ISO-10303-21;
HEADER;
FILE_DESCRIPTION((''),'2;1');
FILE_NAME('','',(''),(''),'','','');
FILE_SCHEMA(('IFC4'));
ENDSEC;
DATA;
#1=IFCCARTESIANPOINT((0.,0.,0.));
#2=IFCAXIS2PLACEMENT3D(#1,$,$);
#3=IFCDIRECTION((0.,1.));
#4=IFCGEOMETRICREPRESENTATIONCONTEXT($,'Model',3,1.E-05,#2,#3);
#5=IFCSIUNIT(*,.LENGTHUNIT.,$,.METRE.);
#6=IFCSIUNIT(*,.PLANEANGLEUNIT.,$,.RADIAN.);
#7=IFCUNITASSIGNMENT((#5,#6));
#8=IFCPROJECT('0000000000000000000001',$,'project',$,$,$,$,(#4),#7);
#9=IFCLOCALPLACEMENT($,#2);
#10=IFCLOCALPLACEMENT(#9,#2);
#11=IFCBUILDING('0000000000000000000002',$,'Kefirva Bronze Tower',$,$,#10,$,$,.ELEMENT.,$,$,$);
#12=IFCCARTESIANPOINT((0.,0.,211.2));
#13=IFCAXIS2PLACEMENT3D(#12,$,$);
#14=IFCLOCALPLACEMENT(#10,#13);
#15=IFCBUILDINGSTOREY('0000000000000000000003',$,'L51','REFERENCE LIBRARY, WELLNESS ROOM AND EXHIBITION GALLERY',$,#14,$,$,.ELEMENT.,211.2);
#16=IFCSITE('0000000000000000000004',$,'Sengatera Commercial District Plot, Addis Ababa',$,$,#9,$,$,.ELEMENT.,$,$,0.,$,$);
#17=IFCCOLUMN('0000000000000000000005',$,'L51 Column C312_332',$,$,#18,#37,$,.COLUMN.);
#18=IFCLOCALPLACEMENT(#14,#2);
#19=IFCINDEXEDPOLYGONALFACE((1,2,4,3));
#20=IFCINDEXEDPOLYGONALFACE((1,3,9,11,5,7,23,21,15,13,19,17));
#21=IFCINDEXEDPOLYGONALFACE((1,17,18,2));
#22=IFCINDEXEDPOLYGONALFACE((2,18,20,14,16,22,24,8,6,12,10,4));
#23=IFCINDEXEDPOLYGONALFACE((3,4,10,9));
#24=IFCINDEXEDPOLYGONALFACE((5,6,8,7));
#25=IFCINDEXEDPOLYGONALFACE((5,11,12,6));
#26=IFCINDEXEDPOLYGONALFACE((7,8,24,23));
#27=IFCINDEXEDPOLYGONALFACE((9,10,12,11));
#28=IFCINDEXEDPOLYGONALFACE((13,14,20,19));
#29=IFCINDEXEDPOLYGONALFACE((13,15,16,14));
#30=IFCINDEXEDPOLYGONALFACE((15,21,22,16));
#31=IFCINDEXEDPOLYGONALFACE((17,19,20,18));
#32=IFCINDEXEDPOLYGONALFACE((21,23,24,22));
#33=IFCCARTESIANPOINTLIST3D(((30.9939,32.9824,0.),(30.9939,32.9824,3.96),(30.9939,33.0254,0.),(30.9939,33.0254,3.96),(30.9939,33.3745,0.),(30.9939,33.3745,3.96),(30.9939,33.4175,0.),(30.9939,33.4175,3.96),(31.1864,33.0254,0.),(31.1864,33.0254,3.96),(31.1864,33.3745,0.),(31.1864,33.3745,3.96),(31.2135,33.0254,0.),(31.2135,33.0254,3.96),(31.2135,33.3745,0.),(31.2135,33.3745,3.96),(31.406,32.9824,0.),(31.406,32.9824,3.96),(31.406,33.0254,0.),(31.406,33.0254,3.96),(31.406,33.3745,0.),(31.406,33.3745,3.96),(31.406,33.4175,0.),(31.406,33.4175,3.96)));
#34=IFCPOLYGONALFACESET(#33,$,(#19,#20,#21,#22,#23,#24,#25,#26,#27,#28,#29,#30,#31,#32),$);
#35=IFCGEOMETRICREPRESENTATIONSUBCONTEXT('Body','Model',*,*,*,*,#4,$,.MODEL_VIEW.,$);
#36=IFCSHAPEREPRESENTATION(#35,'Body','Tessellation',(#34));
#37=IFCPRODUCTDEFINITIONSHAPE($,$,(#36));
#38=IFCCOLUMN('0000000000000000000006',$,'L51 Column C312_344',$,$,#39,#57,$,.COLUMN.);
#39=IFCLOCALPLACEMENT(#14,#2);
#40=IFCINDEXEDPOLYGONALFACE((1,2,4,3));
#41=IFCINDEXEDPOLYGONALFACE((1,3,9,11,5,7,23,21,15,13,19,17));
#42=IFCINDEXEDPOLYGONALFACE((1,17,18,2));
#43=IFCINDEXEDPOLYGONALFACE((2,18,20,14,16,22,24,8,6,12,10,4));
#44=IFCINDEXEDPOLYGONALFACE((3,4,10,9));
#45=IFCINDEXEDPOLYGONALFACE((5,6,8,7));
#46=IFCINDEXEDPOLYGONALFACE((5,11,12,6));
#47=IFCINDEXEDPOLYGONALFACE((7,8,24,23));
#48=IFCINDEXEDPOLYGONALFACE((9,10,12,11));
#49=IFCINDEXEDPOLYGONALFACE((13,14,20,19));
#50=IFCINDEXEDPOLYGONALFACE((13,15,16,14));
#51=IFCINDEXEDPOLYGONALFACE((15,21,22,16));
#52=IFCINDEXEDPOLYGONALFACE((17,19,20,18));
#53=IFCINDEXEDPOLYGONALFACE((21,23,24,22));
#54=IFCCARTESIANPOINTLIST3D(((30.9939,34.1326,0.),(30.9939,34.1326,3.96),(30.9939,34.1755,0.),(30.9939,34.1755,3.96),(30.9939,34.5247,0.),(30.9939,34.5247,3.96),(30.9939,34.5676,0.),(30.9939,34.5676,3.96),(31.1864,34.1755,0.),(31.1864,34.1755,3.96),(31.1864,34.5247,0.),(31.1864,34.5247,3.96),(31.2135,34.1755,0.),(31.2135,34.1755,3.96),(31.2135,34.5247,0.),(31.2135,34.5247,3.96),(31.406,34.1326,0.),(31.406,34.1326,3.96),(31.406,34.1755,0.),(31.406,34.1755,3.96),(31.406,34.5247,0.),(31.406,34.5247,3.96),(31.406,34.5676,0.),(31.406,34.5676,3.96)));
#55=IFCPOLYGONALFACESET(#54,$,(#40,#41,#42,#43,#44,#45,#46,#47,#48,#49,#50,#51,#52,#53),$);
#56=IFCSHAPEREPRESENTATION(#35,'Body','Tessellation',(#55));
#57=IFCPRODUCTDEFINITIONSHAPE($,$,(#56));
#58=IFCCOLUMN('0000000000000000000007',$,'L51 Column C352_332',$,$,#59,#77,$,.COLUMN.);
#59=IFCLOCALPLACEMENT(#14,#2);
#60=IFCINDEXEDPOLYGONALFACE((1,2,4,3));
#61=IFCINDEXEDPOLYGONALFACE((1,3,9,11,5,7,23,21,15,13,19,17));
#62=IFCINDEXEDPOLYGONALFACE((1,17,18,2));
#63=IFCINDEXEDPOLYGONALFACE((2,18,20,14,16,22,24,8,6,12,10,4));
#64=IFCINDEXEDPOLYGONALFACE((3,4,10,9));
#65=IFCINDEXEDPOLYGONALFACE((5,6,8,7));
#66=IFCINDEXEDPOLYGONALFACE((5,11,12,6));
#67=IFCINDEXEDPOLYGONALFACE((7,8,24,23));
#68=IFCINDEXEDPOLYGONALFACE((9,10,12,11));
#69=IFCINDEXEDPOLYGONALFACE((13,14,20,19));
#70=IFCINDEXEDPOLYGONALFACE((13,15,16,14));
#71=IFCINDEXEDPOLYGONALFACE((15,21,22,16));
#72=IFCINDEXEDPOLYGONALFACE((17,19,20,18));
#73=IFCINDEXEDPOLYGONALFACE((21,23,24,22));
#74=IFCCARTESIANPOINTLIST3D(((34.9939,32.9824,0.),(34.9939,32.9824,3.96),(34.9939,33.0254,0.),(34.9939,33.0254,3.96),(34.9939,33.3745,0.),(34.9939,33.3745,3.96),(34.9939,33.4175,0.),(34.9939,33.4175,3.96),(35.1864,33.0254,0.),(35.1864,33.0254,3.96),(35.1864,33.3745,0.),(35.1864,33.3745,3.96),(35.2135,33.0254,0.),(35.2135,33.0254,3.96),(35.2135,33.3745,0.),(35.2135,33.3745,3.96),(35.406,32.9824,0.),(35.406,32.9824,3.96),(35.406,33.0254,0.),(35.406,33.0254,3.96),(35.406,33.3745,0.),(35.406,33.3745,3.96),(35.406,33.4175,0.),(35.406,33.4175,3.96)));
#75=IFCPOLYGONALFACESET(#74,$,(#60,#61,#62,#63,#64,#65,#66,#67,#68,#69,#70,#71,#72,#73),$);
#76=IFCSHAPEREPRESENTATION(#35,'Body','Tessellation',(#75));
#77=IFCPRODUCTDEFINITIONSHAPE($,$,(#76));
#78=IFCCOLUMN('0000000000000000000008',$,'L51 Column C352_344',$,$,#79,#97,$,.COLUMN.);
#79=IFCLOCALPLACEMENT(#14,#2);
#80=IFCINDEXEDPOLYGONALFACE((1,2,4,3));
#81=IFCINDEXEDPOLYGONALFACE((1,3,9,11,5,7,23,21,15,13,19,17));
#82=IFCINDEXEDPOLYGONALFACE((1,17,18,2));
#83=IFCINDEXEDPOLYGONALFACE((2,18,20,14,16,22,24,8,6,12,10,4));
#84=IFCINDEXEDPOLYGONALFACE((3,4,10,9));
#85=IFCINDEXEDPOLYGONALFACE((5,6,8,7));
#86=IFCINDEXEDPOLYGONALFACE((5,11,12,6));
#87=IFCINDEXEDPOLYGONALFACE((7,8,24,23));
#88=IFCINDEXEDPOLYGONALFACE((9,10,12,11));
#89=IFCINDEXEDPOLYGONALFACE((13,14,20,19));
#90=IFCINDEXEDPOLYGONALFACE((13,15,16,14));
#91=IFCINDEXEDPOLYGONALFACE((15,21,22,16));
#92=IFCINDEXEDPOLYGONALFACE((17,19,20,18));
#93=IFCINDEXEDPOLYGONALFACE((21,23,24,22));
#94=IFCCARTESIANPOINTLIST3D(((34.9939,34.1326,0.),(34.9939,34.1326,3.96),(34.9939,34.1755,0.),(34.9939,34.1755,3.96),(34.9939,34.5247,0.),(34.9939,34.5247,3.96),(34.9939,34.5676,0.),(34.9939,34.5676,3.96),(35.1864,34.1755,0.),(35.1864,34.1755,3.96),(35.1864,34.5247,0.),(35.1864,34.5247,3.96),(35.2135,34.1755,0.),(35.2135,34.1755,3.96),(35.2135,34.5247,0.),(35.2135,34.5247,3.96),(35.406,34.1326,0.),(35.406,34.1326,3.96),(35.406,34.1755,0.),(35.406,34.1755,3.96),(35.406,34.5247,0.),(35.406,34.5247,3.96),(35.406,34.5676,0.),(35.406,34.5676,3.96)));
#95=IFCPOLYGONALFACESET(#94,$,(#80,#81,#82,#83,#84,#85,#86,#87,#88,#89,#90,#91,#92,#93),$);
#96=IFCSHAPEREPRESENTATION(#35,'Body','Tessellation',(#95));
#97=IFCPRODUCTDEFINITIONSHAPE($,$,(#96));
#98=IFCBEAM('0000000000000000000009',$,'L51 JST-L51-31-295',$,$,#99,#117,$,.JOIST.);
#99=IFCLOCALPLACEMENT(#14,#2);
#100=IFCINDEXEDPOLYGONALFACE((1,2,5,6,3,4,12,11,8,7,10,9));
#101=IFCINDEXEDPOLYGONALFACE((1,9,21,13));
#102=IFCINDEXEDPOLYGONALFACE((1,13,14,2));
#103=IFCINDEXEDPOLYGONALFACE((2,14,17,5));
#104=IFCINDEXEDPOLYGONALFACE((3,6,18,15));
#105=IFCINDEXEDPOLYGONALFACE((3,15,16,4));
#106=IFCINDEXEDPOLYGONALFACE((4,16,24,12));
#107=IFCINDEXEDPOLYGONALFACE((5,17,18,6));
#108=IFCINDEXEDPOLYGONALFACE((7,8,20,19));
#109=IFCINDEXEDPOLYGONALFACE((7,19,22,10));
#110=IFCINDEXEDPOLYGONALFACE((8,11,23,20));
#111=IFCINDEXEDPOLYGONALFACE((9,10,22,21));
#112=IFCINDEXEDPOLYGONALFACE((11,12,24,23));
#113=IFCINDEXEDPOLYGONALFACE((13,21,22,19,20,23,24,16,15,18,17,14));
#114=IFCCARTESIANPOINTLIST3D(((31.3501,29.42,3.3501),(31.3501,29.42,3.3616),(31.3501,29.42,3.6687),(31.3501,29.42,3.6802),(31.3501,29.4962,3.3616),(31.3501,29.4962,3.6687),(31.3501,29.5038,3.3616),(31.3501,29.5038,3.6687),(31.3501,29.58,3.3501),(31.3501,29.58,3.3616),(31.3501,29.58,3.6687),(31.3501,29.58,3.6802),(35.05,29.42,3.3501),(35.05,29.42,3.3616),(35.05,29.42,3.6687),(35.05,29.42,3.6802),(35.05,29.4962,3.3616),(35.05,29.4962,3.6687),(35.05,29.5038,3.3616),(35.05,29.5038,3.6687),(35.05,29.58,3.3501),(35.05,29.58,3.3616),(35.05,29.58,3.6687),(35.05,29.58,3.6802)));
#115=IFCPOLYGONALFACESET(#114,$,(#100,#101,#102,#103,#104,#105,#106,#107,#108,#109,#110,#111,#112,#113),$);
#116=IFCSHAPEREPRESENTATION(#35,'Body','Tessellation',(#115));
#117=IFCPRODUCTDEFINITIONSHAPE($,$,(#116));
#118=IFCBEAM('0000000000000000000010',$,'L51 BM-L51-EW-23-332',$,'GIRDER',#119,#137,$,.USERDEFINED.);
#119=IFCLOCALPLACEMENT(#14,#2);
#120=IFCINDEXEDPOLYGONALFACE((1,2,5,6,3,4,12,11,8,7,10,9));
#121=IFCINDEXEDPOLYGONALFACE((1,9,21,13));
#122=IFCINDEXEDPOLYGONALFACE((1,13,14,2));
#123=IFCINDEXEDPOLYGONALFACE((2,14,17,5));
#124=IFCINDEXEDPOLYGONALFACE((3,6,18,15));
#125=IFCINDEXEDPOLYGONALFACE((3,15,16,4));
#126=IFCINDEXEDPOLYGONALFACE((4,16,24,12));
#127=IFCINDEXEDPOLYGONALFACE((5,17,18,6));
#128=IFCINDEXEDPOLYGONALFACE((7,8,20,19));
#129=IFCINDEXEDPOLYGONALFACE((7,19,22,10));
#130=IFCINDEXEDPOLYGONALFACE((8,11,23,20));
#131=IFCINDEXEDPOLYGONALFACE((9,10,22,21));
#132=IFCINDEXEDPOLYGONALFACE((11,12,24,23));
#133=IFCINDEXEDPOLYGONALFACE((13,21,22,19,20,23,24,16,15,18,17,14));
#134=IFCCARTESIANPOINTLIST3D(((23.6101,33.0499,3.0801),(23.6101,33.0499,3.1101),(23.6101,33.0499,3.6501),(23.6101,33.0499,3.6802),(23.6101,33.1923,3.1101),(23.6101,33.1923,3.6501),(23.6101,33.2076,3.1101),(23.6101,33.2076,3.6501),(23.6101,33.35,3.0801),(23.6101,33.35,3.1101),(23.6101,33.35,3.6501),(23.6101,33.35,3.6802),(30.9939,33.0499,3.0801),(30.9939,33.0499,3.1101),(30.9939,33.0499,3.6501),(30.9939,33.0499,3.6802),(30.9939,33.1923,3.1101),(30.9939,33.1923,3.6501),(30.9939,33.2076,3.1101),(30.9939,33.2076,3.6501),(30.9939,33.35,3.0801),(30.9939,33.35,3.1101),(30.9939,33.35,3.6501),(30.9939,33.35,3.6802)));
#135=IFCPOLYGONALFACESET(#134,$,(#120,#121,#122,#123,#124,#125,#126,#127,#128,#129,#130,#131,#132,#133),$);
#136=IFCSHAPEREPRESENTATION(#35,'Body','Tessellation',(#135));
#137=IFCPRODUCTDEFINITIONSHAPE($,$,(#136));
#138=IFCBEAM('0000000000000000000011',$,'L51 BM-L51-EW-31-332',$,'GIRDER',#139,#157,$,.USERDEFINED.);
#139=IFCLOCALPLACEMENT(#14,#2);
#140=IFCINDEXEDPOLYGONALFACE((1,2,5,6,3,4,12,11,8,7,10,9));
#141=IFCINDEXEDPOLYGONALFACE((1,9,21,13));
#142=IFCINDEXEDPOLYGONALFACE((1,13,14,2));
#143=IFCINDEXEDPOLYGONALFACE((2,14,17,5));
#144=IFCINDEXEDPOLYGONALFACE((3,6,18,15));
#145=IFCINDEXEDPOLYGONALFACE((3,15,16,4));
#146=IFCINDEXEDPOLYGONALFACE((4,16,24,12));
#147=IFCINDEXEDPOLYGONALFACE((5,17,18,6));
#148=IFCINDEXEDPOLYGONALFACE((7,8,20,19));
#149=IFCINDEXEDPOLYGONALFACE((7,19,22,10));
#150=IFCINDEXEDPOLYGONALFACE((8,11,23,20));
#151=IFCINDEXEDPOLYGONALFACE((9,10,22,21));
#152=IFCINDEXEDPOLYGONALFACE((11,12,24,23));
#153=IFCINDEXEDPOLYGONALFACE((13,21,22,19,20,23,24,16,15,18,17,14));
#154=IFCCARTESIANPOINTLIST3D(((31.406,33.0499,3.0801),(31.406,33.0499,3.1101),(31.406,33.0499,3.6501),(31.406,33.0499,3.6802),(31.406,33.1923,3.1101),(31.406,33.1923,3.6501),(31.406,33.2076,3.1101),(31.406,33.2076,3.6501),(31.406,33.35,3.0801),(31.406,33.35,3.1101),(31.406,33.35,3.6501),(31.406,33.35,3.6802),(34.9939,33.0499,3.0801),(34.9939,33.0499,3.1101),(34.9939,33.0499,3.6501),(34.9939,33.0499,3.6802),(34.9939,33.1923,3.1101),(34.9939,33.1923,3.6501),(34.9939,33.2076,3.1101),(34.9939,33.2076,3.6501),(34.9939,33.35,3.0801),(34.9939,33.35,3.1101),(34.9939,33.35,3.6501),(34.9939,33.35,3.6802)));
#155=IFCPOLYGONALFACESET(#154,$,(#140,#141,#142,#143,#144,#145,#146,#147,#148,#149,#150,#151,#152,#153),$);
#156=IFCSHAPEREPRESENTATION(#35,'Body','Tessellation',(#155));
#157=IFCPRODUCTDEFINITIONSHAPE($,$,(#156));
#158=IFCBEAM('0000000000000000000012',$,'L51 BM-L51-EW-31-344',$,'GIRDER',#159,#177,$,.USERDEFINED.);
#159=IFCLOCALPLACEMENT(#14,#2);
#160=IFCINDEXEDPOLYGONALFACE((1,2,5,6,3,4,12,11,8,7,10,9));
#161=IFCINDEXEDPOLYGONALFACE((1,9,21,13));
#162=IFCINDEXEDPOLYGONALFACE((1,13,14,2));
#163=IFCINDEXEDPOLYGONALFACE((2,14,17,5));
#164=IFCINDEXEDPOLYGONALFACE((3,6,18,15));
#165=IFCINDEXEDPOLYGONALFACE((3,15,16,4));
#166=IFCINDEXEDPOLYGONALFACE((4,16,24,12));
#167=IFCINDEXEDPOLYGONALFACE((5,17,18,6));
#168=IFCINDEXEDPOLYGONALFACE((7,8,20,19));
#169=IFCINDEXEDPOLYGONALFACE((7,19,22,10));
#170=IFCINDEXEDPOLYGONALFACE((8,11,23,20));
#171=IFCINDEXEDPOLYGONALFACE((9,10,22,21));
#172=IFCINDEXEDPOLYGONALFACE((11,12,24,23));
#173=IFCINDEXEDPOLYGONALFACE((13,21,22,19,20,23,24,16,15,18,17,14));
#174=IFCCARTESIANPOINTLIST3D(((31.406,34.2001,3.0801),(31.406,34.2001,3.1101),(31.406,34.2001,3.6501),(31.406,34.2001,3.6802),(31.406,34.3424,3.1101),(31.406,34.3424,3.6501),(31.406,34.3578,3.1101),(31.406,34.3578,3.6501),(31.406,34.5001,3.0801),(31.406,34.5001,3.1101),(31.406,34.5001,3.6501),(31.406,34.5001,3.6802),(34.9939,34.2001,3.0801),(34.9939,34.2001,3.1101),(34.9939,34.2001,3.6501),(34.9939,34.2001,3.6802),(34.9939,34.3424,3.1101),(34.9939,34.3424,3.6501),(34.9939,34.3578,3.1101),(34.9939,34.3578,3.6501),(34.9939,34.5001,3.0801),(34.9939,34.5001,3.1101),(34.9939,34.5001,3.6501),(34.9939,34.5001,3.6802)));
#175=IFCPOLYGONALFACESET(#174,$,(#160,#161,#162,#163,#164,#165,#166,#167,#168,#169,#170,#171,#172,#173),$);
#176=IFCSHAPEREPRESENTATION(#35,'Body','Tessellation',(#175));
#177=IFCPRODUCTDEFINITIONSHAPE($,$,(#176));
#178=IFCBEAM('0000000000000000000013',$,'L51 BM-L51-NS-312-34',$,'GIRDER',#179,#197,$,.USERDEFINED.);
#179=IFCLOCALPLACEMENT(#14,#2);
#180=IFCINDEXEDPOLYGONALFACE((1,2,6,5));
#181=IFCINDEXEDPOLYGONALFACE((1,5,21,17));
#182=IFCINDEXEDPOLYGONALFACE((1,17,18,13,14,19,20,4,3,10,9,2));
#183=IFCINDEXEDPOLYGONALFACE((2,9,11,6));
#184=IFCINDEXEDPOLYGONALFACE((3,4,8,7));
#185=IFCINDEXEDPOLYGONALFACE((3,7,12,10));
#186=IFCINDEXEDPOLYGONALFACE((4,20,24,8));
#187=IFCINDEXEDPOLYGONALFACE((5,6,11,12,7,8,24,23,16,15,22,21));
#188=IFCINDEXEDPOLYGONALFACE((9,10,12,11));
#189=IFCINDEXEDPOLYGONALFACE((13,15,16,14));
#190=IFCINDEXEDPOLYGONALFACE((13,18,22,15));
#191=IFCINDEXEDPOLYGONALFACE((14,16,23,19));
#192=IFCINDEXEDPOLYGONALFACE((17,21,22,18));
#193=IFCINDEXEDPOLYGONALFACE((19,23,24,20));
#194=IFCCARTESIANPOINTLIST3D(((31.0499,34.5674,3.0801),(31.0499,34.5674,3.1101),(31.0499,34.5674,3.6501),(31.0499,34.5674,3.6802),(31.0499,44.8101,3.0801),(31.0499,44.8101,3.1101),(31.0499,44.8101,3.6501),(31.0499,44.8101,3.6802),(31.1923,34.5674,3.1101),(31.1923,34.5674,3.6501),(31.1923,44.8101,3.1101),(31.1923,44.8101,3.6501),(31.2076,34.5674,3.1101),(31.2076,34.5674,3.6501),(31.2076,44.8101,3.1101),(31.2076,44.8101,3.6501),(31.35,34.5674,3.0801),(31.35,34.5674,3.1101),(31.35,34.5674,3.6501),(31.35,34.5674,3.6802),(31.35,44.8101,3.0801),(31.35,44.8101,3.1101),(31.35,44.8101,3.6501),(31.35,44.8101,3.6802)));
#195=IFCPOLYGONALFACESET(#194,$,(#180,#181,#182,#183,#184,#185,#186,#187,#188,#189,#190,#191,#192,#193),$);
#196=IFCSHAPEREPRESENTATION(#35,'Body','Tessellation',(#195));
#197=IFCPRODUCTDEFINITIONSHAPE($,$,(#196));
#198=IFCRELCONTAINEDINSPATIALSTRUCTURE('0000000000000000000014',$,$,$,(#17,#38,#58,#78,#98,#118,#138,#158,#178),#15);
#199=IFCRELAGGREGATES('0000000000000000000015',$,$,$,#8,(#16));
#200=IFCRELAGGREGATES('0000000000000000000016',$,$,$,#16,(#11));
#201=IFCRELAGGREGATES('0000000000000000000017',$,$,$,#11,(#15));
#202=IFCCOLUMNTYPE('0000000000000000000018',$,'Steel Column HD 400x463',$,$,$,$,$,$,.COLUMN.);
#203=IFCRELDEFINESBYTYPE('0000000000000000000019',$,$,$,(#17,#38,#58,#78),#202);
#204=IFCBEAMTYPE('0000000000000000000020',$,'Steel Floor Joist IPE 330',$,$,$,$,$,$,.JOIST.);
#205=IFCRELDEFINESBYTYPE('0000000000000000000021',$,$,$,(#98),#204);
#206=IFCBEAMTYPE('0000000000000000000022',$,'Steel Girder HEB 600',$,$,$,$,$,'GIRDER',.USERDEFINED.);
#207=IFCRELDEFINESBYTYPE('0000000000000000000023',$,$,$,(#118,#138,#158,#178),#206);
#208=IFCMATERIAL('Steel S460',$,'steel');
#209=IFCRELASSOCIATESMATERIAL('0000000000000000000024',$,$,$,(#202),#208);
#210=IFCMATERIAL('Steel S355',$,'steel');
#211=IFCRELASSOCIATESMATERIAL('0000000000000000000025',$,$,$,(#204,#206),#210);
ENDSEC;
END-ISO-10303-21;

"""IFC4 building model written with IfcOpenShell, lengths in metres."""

from ifc_helpers import new_model, si_unit, direction, frame, origin, origin_2d, place, context, subcontext, project, spatial, i_section, extrude, material, material_profile, profile_set, type_object, element, save


model = new_model("IFC4")

# Units and contexts
model_context = context("Model", 3, precision=1e-05, world=origin(), true_north=direction((0.0, 1.0)))
body_context = subcontext(model_context, "Body", "Model", "MODEL_VIEW")
ifc_project = project(units=[si_unit("LENGTHUNIT", "METRE"), si_unit("PLANEANGLEUNIT", "RADIAN")], contexts=[model_context])

# Site, building, storey
site_placement = place(None, origin())
site = spatial("IfcSite", under=ifc_project, at=site_placement, Name="Sengatera Commercial District Plot, Addis Ababa", CompositionType="ELEMENT", RefElevation=0.0)
building_placement = place(site_placement, origin())
building = spatial("IfcBuilding", under=site, at=building_placement, Name="Kefirva Bronze Tower", CompositionType="ELEMENT")
storey_placement = place(building_placement, frame((0.0, 0.0, 211.2)))
storey = spatial("IfcBuildingStorey", under=building, at=storey_placement, Name="L51", Description="REFERENCE LIBRARY, WELLNESS ROOM AND EXHIBITION GALLERY", CompositionType="ELEMENT", Elevation=211.2)

# Columns
ifc_material_1 = material(Name="Steel S460", Category="steel")
ifc_material_profile_1 = material_profile(ifc_material_1, i_section(OverallWidth=0.4121, OverallDepth=0.4351, WebThickness=0.0271, FlangeThickness=0.043, at=origin_2d()), Name="HD 400x463")
ifc_profile_set_1 = profile_set([ifc_material_profile_1], Name="Steel S460")
column_type = type_object("IfcColumnType", Name="Steel Column HD 400x463", PredefinedType="COLUMN", material=ifc_profile_set_1)
for number, where, z_axis, x_axis, name in (
    (1, (31.2, 33.2, 0.0), (0.0, 0.0, 1.0), (1.0, 0.0, 0.0), "L51 Column C312_332"),
    (2, (31.2, 34.3501, 0.0), (0.0, 0.0, 1.0), (1.0, 0.0, 0.0), "L51 Column C312_344"),
    (3, (35.2, 33.2, 0.0), (0.0, 0.0, 1.0), (1.0, 0.0, 0.0), "L51 Column C352_332"),
    (4, (35.2, 34.3501, 0.0), (0.0, 0.0, 1.0), (1.0, 0.0, 0.0), "L51 Column C352_344"),
):
    element("IfcColumn", number, at=place(storey_placement, frame(where, z_axis=z_axis, x_axis=x_axis)), inside=storey, type_object=column_type, Name=name, PredefinedType="COLUMN", context=body_context, shape_type="SweptSolid", body=[
        extrude(i_section(OverallWidth=0.4121, OverallDepth=0.4351, WebThickness=0.0271, FlangeThickness=0.043, at=origin_2d()), origin(), (0.0, 0.0, 1.0), 3.96),
    ])

# Beams
ifc_material_2 = material(Name="Steel S355", Category="steel")
ifc_material_profile_2 = material_profile(ifc_material_2, i_section(OverallWidth=0.1599, OverallDepth=0.3301, WebThickness=0.0076, FlangeThickness=0.0115, at=origin_2d()), Name="IPE 330")
ifc_profile_set_2 = profile_set([ifc_material_profile_2], Name="Steel S355")
beam_type_1 = type_object("IfcBeamType", Name="Steel Floor Joist IPE 330", PredefinedType="JOIST", material=ifc_profile_set_2)
beam_1_placement = place(storey_placement, frame((31.3501, 29.5, 3.5151), z_axis=(1.0, 0.0, 0.0), x_axis=(0.0, 1.0, 0.0)))
element("IfcBeam", 5, at=beam_1_placement, inside=storey, type_object=beam_type_1, Name="L51 JST-L51-31-295", PredefinedType="JOIST", context=body_context, shape_type="SweptSolid", body=[
    extrude(i_section(OverallWidth=0.1599, OverallDepth=0.3301, WebThickness=0.0076, FlangeThickness=0.0115, at=origin_2d()), origin(), (0.0, 0.0, 1.0), 3.7),
])
ifc_material_profile_3 = material_profile(ifc_material_2, i_section(OverallWidth=0.3, OverallDepth=0.6001, WebThickness=0.0154, FlangeThickness=0.03, at=origin_2d()), Name="HEB 600")
ifc_profile_set_3 = profile_set([ifc_material_profile_3], Name="Steel S355")
beam_type_2 = type_object("IfcBeamType", Name="Steel Girder HEB 600", ElementType="GIRDER", PredefinedType="USERDEFINED", material=ifc_profile_set_3)
beam_2_placement = place(storey_placement, frame((23.6101, 33.2, 3.3801), z_axis=(1.0, 0.0, 0.0), x_axis=(0.0, 1.0, 0.0)))
element("IfcBeam", 6, at=beam_2_placement, inside=storey, type_object=beam_type_2, Name="L51 BM-L51-EW-23-332", ObjectType="GIRDER", PredefinedType="USERDEFINED", context=body_context, shape_type="SweptSolid", body=[
    extrude(i_section(OverallWidth=0.3, OverallDepth=0.6001, WebThickness=0.0154, FlangeThickness=0.03, at=origin_2d()), origin(), (0.0, 0.0, 1.0), 7.3838),
])
for number, where, z_axis, x_axis, name in (
    (7, (31.406, 33.2, 3.3801), (1.0, 0.0, 0.0), (0.0, 1.0, 0.0), "L51 BM-L51-EW-31-332"),
    (8, (31.406, 34.3501, 3.3801), (1.0, 0.0, 0.0), (0.0, 1.0, 0.0), "L51 BM-L51-EW-31-344"),
):
    element("IfcBeam", number, at=place(storey_placement, frame(where, z_axis=z_axis, x_axis=x_axis)), inside=storey, type_object=beam_type_2, Name=name, ObjectType="GIRDER", PredefinedType="USERDEFINED", context=body_context, shape_type="SweptSolid", body=[
        extrude(i_section(OverallWidth=0.3, OverallDepth=0.6001, WebThickness=0.0154, FlangeThickness=0.03, at=origin_2d()), origin(), (0.0, 0.0, 1.0), 3.5879),
    ])
beam_3_placement = place(storey_placement, frame((31.2, 34.5674, 3.3801), z_axis=(0.0, 1.0, 0.0), x_axis=(-1.0, 0.0, 0.0)))
element("IfcBeam", 9, at=beam_3_placement, inside=storey, type_object=beam_type_2, Name="L51 BM-L51-NS-312-34", ObjectType="GIRDER", PredefinedType="USERDEFINED", context=body_context, shape_type="SweptSolid", body=[
    extrude(i_section(OverallWidth=0.3, OverallDepth=0.6001, WebThickness=0.0154, FlangeThickness=0.03, at=origin_2d()), origin(), (0.0, 0.0, 1.0), 10.2427),
])

save(model, "model.ifc")
